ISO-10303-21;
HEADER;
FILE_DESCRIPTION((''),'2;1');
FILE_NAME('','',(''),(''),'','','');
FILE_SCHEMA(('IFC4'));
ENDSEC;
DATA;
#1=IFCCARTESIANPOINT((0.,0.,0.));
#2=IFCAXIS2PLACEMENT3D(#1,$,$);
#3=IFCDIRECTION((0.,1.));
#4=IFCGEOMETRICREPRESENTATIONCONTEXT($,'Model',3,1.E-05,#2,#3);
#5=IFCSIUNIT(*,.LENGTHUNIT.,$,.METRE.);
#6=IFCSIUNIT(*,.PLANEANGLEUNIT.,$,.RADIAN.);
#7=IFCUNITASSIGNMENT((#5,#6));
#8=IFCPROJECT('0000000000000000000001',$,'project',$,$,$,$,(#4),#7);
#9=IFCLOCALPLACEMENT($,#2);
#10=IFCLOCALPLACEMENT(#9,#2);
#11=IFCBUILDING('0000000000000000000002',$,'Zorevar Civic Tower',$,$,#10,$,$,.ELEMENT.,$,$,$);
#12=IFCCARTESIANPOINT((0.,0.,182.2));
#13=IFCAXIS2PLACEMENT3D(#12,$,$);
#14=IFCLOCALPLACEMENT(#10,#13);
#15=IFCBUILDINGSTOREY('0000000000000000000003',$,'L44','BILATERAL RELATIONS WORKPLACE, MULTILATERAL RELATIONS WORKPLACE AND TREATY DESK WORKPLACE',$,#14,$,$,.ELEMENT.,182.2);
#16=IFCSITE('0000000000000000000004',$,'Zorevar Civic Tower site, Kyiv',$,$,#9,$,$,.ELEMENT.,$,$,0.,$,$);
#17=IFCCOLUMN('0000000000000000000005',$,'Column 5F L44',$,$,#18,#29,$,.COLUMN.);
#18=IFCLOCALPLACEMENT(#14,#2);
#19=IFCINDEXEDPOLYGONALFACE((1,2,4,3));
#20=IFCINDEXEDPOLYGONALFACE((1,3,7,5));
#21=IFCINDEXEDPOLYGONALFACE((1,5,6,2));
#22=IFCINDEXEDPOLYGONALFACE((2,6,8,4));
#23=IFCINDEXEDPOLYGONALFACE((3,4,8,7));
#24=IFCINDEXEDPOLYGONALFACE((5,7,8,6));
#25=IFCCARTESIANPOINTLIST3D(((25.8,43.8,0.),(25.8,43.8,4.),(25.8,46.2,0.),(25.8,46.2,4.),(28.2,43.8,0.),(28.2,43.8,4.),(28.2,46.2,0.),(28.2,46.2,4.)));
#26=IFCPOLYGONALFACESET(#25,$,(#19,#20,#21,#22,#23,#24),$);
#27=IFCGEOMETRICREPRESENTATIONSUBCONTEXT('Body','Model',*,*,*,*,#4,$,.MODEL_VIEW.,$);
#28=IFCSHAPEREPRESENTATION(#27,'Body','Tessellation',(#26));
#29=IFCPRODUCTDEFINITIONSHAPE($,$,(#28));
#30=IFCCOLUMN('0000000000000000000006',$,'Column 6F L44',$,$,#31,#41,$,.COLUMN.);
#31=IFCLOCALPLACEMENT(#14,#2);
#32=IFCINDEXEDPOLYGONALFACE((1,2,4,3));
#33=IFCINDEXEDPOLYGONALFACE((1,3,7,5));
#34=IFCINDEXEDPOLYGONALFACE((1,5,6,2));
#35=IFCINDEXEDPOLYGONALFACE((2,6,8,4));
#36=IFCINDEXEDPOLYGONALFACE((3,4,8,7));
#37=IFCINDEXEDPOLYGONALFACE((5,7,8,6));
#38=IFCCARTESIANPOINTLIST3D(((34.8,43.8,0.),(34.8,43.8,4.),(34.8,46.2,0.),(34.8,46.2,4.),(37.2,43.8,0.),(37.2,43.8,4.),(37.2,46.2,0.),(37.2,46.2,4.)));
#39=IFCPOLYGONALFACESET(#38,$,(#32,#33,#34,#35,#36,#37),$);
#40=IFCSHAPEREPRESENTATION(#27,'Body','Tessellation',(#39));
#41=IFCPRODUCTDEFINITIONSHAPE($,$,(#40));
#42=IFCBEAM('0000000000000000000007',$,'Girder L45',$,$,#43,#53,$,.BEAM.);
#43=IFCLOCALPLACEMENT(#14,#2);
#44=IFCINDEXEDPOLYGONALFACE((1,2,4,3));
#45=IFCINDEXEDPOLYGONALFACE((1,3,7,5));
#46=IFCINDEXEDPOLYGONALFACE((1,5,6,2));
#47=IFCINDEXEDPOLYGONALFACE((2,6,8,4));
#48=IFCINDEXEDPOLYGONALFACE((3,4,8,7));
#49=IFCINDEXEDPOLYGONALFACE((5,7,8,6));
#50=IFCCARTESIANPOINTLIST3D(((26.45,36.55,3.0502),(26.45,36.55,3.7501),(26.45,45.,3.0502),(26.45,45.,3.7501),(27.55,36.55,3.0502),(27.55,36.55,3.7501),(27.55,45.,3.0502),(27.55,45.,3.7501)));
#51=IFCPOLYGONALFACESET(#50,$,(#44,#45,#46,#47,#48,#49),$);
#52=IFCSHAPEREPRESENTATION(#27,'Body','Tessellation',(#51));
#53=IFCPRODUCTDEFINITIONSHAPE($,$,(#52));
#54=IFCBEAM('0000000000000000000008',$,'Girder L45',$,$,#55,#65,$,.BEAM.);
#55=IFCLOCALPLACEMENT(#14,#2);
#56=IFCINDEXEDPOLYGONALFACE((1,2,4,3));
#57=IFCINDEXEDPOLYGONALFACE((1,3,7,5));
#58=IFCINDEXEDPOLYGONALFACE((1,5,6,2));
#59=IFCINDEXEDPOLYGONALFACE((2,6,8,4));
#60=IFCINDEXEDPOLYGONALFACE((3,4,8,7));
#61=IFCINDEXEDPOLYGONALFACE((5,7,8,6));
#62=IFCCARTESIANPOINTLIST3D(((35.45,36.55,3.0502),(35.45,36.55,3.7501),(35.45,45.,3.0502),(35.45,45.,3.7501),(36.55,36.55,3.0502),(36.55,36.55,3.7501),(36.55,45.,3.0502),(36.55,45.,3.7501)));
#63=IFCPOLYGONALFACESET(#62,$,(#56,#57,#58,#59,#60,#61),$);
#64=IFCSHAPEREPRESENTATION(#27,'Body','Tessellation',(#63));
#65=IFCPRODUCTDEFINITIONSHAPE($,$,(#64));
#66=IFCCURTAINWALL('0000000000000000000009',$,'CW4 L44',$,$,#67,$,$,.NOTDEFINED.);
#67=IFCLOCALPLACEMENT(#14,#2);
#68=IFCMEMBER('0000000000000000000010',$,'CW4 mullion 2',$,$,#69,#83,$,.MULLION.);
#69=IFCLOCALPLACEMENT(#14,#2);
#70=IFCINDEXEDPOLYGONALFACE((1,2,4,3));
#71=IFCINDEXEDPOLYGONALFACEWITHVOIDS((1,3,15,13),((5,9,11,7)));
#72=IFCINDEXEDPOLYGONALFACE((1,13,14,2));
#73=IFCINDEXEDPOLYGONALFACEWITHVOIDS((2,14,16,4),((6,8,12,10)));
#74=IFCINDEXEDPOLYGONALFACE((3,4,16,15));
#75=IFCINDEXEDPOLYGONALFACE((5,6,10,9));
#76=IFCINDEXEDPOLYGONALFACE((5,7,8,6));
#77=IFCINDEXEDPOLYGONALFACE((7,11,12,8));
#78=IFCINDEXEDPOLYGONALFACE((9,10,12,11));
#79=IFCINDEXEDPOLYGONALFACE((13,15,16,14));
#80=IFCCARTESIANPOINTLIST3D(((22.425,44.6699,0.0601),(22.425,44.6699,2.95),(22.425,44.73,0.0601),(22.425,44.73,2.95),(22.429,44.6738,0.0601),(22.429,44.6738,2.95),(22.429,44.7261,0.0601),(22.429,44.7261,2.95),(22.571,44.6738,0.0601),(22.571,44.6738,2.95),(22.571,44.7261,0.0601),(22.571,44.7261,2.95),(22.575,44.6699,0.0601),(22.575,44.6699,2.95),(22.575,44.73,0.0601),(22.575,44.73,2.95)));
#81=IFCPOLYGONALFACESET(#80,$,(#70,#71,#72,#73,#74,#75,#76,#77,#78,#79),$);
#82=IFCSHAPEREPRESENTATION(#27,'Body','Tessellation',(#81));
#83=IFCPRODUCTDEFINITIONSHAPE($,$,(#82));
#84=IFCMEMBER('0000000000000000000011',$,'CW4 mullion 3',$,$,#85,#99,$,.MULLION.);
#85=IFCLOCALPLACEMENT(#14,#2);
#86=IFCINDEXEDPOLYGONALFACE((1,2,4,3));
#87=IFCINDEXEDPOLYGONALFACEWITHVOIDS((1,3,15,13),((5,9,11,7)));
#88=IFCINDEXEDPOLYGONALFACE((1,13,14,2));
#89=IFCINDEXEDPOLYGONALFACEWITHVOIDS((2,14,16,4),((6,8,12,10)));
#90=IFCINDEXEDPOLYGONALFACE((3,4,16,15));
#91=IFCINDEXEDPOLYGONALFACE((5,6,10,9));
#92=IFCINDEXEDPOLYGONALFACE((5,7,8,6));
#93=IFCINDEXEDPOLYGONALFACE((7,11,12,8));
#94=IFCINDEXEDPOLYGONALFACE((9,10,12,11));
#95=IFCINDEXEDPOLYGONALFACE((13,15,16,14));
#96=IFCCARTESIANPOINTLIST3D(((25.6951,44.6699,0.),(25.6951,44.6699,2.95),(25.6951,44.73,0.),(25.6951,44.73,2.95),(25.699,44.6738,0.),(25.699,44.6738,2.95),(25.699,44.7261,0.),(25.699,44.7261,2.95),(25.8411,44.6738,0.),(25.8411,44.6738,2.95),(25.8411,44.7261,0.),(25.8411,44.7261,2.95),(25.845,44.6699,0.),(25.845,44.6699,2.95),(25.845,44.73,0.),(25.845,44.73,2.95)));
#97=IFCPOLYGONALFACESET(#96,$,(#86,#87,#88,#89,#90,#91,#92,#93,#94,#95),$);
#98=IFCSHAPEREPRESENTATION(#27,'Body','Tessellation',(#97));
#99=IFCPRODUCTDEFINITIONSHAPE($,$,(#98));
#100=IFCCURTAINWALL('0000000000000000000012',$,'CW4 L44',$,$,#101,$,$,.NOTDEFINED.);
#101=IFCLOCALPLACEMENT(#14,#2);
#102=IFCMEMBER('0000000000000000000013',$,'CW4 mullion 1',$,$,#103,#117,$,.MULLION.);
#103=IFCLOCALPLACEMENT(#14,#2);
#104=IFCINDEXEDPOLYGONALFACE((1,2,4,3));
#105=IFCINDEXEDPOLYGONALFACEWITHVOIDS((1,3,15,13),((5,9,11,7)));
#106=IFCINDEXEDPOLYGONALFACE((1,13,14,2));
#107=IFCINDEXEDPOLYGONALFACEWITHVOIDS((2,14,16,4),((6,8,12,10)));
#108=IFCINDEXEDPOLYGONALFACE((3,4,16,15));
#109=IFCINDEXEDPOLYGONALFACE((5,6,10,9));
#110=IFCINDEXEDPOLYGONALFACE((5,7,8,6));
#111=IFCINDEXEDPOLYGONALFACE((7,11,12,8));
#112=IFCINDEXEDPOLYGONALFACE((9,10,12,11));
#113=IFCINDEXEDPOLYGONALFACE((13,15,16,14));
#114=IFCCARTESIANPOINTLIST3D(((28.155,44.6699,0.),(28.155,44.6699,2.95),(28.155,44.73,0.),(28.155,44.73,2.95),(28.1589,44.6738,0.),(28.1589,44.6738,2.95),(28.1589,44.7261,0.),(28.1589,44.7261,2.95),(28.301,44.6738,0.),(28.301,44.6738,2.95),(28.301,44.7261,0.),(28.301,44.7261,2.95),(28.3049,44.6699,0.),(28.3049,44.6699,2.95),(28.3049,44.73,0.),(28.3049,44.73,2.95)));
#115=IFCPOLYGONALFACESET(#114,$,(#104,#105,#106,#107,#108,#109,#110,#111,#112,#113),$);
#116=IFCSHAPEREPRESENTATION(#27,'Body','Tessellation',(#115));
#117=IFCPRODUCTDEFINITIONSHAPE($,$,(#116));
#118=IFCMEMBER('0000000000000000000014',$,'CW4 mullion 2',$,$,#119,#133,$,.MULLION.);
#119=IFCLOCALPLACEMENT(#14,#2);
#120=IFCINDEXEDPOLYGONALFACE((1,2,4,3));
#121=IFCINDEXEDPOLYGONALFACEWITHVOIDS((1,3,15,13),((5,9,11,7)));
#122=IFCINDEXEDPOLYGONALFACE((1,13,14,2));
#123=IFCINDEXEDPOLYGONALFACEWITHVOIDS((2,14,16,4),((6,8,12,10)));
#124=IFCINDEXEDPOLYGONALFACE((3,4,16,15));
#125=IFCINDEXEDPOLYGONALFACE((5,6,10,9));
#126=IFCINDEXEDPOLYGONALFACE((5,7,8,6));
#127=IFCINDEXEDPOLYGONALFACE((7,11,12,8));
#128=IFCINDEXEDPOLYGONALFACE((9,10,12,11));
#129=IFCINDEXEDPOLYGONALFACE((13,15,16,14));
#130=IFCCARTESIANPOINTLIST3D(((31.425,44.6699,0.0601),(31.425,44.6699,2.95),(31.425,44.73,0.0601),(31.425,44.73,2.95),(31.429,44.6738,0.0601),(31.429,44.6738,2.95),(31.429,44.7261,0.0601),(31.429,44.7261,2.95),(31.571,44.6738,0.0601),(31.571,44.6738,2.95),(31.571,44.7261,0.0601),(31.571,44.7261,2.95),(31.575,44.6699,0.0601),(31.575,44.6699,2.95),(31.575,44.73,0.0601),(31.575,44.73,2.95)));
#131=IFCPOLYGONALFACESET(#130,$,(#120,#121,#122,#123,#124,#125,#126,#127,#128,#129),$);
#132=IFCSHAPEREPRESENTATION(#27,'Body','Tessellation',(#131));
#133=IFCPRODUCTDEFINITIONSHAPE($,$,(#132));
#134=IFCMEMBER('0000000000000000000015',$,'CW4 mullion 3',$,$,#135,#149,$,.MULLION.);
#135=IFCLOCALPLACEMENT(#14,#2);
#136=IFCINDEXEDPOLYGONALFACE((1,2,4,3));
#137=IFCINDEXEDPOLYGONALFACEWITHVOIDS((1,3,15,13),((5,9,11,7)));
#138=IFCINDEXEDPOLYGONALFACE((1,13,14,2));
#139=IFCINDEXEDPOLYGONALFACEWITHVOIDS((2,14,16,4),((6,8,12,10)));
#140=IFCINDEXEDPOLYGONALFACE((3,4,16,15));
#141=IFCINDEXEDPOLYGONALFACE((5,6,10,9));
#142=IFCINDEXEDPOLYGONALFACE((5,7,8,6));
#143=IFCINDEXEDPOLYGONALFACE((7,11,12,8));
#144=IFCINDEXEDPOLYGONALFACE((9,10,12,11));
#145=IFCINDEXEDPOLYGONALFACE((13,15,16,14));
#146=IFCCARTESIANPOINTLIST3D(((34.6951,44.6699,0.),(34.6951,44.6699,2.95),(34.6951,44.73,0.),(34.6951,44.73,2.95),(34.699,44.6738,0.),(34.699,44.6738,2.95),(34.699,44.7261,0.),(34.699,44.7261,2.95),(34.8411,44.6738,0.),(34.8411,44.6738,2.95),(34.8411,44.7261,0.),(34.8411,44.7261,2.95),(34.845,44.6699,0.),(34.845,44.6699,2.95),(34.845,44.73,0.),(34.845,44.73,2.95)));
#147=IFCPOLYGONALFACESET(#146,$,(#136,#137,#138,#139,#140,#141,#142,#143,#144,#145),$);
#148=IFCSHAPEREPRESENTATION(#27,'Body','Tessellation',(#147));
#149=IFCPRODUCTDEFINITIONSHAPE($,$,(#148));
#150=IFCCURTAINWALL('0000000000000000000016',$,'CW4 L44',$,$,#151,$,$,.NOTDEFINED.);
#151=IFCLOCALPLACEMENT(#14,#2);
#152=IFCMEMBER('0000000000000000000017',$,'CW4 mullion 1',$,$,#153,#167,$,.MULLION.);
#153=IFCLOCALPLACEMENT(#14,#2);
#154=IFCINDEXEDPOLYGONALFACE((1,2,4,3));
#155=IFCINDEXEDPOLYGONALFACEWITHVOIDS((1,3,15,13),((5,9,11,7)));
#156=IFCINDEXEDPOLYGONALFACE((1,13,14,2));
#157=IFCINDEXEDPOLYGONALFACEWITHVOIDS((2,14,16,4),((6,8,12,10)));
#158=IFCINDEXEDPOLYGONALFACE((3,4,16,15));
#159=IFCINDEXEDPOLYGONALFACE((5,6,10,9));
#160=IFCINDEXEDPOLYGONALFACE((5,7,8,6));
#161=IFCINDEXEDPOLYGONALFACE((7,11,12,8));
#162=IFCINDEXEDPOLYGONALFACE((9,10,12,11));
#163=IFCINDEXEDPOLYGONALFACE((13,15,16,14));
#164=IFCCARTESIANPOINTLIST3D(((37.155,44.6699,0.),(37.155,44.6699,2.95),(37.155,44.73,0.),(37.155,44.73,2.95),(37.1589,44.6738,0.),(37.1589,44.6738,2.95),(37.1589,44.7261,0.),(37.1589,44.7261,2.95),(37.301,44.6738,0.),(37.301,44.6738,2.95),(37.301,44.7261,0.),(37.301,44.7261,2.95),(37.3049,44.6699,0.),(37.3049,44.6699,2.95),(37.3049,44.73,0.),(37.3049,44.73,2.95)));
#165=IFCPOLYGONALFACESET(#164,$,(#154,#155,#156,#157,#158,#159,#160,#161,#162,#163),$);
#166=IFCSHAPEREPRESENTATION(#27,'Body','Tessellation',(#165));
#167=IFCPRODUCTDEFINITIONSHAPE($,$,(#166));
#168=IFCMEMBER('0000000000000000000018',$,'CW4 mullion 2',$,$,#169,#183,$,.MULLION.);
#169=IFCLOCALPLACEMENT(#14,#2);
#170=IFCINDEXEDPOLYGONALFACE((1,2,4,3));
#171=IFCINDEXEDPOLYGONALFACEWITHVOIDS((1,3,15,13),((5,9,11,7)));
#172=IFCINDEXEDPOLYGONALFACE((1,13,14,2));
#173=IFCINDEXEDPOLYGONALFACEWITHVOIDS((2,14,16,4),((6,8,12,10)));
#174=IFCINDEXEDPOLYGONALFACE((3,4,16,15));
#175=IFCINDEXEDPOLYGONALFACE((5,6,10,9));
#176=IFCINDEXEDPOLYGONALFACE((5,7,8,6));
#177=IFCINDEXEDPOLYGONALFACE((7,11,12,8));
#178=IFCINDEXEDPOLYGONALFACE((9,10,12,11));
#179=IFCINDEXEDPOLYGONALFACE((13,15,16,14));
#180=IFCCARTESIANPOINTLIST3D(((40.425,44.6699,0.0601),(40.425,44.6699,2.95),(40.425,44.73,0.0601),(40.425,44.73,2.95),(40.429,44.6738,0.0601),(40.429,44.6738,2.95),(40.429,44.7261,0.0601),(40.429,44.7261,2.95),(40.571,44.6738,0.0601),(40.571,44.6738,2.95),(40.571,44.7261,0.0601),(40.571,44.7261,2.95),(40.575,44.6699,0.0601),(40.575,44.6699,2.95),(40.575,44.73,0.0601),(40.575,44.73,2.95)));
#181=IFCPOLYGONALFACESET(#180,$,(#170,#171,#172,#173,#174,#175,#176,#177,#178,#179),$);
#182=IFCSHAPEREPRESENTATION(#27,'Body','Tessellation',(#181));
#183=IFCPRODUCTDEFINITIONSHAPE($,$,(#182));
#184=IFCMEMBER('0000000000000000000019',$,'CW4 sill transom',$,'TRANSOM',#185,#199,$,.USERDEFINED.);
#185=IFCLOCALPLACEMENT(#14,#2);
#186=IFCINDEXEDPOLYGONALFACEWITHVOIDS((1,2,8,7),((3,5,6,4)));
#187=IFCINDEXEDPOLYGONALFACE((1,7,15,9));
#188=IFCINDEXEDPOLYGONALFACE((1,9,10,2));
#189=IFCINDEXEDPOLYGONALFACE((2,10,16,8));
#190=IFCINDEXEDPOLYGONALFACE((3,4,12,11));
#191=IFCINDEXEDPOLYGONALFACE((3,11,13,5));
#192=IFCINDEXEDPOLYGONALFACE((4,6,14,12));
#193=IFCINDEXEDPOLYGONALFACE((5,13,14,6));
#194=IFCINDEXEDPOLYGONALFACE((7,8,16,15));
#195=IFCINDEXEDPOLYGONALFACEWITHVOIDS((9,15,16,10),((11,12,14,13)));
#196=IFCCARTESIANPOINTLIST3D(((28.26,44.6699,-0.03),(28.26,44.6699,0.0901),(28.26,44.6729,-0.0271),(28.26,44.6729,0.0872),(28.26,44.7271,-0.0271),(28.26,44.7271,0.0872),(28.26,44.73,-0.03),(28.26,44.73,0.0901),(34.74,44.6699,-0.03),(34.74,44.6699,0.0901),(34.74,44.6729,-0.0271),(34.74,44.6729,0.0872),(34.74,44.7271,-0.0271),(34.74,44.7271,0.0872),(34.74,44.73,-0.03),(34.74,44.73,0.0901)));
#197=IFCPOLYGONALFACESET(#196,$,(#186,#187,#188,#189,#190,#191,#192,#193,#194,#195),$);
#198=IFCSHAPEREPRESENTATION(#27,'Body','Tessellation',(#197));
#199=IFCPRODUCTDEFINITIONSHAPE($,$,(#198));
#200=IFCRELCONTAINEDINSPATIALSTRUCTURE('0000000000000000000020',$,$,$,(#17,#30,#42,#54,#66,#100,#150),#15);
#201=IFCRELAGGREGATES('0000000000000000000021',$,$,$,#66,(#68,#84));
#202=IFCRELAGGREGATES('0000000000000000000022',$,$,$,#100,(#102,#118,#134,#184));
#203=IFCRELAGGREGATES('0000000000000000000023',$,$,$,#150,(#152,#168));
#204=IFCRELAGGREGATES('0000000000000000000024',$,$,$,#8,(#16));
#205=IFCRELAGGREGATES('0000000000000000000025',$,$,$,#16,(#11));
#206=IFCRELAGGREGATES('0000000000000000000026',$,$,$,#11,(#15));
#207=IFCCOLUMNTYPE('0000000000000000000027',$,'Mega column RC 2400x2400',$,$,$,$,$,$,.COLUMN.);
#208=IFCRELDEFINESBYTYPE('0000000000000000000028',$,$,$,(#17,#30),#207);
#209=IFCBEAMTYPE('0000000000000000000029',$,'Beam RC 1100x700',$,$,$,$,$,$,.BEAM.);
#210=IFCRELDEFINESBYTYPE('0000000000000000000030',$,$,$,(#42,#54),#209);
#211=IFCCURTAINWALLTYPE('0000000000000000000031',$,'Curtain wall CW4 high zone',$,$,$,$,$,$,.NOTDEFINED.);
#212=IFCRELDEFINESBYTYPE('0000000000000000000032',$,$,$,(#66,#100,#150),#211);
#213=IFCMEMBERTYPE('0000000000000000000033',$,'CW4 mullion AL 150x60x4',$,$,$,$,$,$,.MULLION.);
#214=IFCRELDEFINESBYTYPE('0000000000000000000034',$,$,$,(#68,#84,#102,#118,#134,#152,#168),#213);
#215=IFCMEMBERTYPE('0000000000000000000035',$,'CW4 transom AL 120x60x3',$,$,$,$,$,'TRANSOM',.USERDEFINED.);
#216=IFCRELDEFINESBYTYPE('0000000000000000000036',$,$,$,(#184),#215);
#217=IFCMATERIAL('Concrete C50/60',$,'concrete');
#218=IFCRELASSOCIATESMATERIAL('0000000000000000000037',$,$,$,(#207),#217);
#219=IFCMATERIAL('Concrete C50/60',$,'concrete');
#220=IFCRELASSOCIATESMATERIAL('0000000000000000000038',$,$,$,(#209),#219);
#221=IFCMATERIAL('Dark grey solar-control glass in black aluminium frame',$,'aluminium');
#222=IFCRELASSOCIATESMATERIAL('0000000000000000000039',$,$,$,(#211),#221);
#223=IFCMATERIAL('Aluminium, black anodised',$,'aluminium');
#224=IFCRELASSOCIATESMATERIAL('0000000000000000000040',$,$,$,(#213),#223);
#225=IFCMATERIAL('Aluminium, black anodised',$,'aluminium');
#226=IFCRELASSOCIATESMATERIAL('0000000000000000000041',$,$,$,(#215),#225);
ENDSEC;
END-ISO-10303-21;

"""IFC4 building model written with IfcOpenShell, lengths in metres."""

from ifc_helpers import new_model, si_unit, direction, frame, origin, origin_2d, place, context, subcontext, project, spatial, rectangle, hollow_rectangle, extrude, material, material_profile, profile_set, type_object, element, aggregate, save


model = new_model("IFC4")

# Units and contexts
model_context = context("Model", 3, precision=1e-05, world=origin(), true_north=direction((0.0, 1.0)))
body_context = subcontext(model_context, "Body", "Model", "MODEL_VIEW")
ifc_project = project(units=[si_unit("LENGTHUNIT", "METRE"), si_unit("PLANEANGLEUNIT", "RADIAN")], contexts=[model_context])

# Site, building, storey
site_placement = place(None, origin())
site = spatial("IfcSite", under=ifc_project, at=site_placement, Name="Zorevar Civic Tower site, Kyiv", CompositionType="ELEMENT", RefElevation=0.0)
building_placement = place(site_placement, origin())
building = spatial("IfcBuilding", under=site, at=building_placement, Name="Zorevar Civic Tower", CompositionType="ELEMENT")
storey_placement = place(building_placement, frame((0.0, 0.0, 182.2)))
storey = spatial("IfcBuildingStorey", under=building, at=storey_placement, Name="L44", Description="BILATERAL RELATIONS WORKPLACE, MULTILATERAL RELATIONS WORKPLACE AND TREATY DESK WORKPLACE", CompositionType="ELEMENT", Elevation=182.2)

# Columns
ifc_material_1 = material(Name="Concrete C50/60", Category="concrete")
ifc_material_profile_1 = material_profile(ifc_material_1, rectangle(XDim=2.3999, YDim=2.3999, at=origin_2d()), Name="RC 2400x2400")
ifc_profile_set_1 = profile_set([ifc_material_profile_1], Name="Concrete C50/60")
column_type = type_object("IfcColumnType", Name="Mega column RC 2400x2400", PredefinedType="COLUMN", material=ifc_profile_set_1)
for number, where, z_axis, x_axis, name in (
    (1, (27.0, 45.0, 0.0), (0.0, 0.0, 1.0), (1.0, 0.0, 0.0), "Column 5F L44"),
    (2, (36.0, 45.0, 0.0), (0.0, 0.0, 1.0), (1.0, 0.0, 0.0), "Column 6F L44"),
):
    element("IfcColumn", number, at=place(storey_placement, frame(where, z_axis=z_axis, x_axis=x_axis)), inside=storey, type_object=column_type, Name=name, PredefinedType="COLUMN", context=body_context, shape_type="SweptSolid", body=[
        extrude(rectangle(XDim=2.3999, YDim=2.3999, at=origin_2d()), origin(), (0.0, 0.0, 1.0), 4.0),
    ])

# Beams
ifc_material_2 = material(Name="Concrete C50/60", Category="concrete")
ifc_material_profile_2 = material_profile(ifc_material_2, rectangle(XDim=1.1001, YDim=0.7, at=origin_2d()), Name="RC 1100x700")
ifc_profile_set_2 = profile_set([ifc_material_profile_2], Name="Concrete C50/60")
beam_type_1 = type_object("IfcBeamType", Name="Beam RC 1100x700", PredefinedType="BEAM", material=ifc_profile_set_2)
for number, where, z_axis, x_axis, name in (
    (3, (27.0, 36.55, 3.4001), (0.0, 1.0, 0.0), (-1.0, 0.0, 0.0), "Girder L45"),
    (4, (36.0, 36.55, 3.4001), (0.0, 1.0, 0.0), (-1.0, 0.0, 0.0), "Girder L45"),
):
    element("IfcBeam", number, at=place(storey_placement, frame(where, z_axis=z_axis, x_axis=x_axis)), inside=storey, type_object=beam_type_1, Name=name, PredefinedType="BEAM", context=body_context, shape_type="SweptSolid", body=[
        extrude(rectangle(XDim=1.1001, YDim=0.7, at=origin_2d()), origin(), (0.0, 0.0, 1.0), 8.45),
    ])

# Curtain walls, members
ifc_material_3 = material(Name="Dark grey solar-control glass in black aluminium frame", Category="aluminium")
curtain_wall_type = type_object("IfcCurtainWallType", Name="Curtain wall CW4 high zone", PredefinedType="NOTDEFINED", material=ifc_material_3)
curtain_wall_1_placement = place(storey_placement, origin())
curtain_wall_1 = element("IfcCurtainWall", 5, at=curtain_wall_1_placement, inside=storey, type_object=curtain_wall_type, Name="CW4 L44", PredefinedType="NOTDEFINED")
ifc_material_4 = material(Name="Aluminium, black anodised", Category="aluminium")
ifc_material_profile_3 = material_profile(ifc_material_4, hollow_rectangle(XDim=0.0601, YDim=0.1499, WallThickness=0.0039, at=origin_2d()), Name="AL 150x60x4")
ifc_profile_set_3 = profile_set([ifc_material_profile_3], Name="Aluminium, black anodised")
member_type_1 = type_object("IfcMemberType", Name="CW4 mullion AL 150x60x4", PredefinedType="MULLION", material=ifc_profile_set_3)
member_1_placement = place(storey_placement, frame((22.5, 44.7, 0.0601), z_axis=(0.0, 0.0, 1.0), x_axis=(0.0, 1.0, 0.0)))
member_1 = element("IfcMember", 6, at=member_1_placement, type_object=member_type_1, Name="CW4 mullion 2", PredefinedType="MULLION", context=body_context, shape_type="SweptSolid", body=[
    extrude(hollow_rectangle(XDim=0.0601, YDim=0.1499, WallThickness=0.0039, at=origin_2d()), origin(), (0.0, 0.0, 1.0), 2.8899),
])
member_2_placement = place(storey_placement, frame((25.77, 44.7, 0.0), z_axis=(0.0, 0.0, 1.0), x_axis=(0.0, 1.0, 0.0)))
member_2 = element("IfcMember", 7, at=member_2_placement, type_object=member_type_1, Name="CW4 mullion 3", PredefinedType="MULLION", context=body_context, shape_type="SweptSolid", body=[
    extrude(hollow_rectangle(XDim=0.0601, YDim=0.1499, WallThickness=0.0039, at=origin_2d()), origin(), (0.0, 0.0, 1.0), 2.95),
])
curtain_wall_2_placement = place(storey_placement, origin())
curtain_wall_2 = element("IfcCurtainWall", 8, at=curtain_wall_2_placement, inside=storey, type_object=curtain_wall_type, Name="CW4 L44", PredefinedType="NOTDEFINED")
member_3_placement = place(storey_placement, frame((28.23, 44.7, 0.0), z_axis=(0.0, 0.0, 1.0), x_axis=(0.0, 1.0, 0.0)))
member_3 = element("IfcMember", 9, at=member_3_placement, type_object=member_type_1, Name="CW4 mullion 1", PredefinedType="MULLION", context=body_context, shape_type="SweptSolid", body=[
    extrude(hollow_rectangle(XDim=0.0601, YDim=0.1499, WallThickness=0.0039, at=origin_2d()), origin(), (0.0, 0.0, 1.0), 2.95),
])
member_4_placement = place(storey_placement, frame((31.5, 44.7, 0.0601), z_axis=(0.0, 0.0, 1.0), x_axis=(0.0, 1.0, 0.0)))
member_4 = element("IfcMember", 10, at=member_4_placement, type_object=member_type_1, Name="CW4 mullion 2", PredefinedType="MULLION", context=body_context, shape_type="SweptSolid", body=[
    extrude(hollow_rectangle(XDim=0.0601, YDim=0.1499, WallThickness=0.0039, at=origin_2d()), origin(), (0.0, 0.0, 1.0), 2.8899),
])
member_5_placement = place(storey_placement, frame((34.77, 44.7, 0.0), z_axis=(0.0, 0.0, 1.0), x_axis=(0.0, 1.0, 0.0)))
member_5 = element("IfcMember", 11, at=member_5_placement, type_object=member_type_1, Name="CW4 mullion 3", PredefinedType="MULLION", context=body_context, shape_type="SweptSolid", body=[
    extrude(hollow_rectangle(XDim=0.0601, YDim=0.1499, WallThickness=0.0039, at=origin_2d()), origin(), (0.0, 0.0, 1.0), 2.95),
])
curtain_wall_3_placement = place(storey_placement, origin())
curtain_wall_3 = element("IfcCurtainWall", 12, at=curtain_wall_3_placement, inside=storey, type_object=curtain_wall_type, Name="CW4 L44", PredefinedType="NOTDEFINED")
member_6_placement = place(storey_placement, frame((37.23, 44.7, 0.0), z_axis=(0.0, 0.0, 1.0), x_axis=(0.0, 1.0, 0.0)))
member_6 = element("IfcMember", 13, at=member_6_placement, type_object=member_type_1, Name="CW4 mullion 1", PredefinedType="MULLION", context=body_context, shape_type="SweptSolid", body=[
    extrude(hollow_rectangle(XDim=0.0601, YDim=0.1499, WallThickness=0.0039, at=origin_2d()), origin(), (0.0, 0.0, 1.0), 2.95),
])
member_7_placement = place(storey_placement, frame((40.5, 44.7, 0.0601), z_axis=(0.0, 0.0, 1.0), x_axis=(0.0, 1.0, 0.0)))
member_7 = element("IfcMember", 14, at=member_7_placement, type_object=member_type_1, Name="CW4 mullion 2", PredefinedType="MULLION", context=body_context, shape_type="SweptSolid", body=[
    extrude(hollow_rectangle(XDim=0.0601, YDim=0.1499, WallThickness=0.0039, at=origin_2d()), origin(), (0.0, 0.0, 1.0), 2.8899),
])

# Member
ifc_material_5 = material(Name="Aluminium, black anodised", Category="aluminium")
ifc_material_profile_4 = material_profile(ifc_material_5, hollow_rectangle(XDim=0.0601, YDim=0.1201, WallThickness=0.0029, at=origin_2d()), Name="AL 120x60x3")
ifc_profile_set_4 = profile_set([ifc_material_profile_4], Name="Aluminium, black anodised")
member_type_2 = type_object("IfcMemberType", Name="CW4 transom AL 120x60x3", ElementType="TRANSOM", PredefinedType="USERDEFINED", material=ifc_profile_set_4)
member_8_placement = place(storey_placement, frame((28.26, 44.7, 0.03), z_axis=(1.0, 0.0, 0.0), x_axis=(0.0, 1.0, 0.0)))
member_8 = element("IfcMember", 15, at=member_8_placement, type_object=member_type_2, Name="CW4 sill transom", ObjectType="TRANSOM", PredefinedType="USERDEFINED", context=body_context, shape_type="SweptSolid", body=[
    extrude(hollow_rectangle(XDim=0.0601, YDim=0.1201, WallThickness=0.0029, at=origin_2d()), origin(), (0.0, 0.0, 1.0), 6.48),
])

aggregate(curtain_wall_1, [member_1, member_2])
aggregate(curtain_wall_2, [member_3, member_4, member_5, member_8])
aggregate(curtain_wall_3, [member_6, member_7])

save(model, "model.ifc")
